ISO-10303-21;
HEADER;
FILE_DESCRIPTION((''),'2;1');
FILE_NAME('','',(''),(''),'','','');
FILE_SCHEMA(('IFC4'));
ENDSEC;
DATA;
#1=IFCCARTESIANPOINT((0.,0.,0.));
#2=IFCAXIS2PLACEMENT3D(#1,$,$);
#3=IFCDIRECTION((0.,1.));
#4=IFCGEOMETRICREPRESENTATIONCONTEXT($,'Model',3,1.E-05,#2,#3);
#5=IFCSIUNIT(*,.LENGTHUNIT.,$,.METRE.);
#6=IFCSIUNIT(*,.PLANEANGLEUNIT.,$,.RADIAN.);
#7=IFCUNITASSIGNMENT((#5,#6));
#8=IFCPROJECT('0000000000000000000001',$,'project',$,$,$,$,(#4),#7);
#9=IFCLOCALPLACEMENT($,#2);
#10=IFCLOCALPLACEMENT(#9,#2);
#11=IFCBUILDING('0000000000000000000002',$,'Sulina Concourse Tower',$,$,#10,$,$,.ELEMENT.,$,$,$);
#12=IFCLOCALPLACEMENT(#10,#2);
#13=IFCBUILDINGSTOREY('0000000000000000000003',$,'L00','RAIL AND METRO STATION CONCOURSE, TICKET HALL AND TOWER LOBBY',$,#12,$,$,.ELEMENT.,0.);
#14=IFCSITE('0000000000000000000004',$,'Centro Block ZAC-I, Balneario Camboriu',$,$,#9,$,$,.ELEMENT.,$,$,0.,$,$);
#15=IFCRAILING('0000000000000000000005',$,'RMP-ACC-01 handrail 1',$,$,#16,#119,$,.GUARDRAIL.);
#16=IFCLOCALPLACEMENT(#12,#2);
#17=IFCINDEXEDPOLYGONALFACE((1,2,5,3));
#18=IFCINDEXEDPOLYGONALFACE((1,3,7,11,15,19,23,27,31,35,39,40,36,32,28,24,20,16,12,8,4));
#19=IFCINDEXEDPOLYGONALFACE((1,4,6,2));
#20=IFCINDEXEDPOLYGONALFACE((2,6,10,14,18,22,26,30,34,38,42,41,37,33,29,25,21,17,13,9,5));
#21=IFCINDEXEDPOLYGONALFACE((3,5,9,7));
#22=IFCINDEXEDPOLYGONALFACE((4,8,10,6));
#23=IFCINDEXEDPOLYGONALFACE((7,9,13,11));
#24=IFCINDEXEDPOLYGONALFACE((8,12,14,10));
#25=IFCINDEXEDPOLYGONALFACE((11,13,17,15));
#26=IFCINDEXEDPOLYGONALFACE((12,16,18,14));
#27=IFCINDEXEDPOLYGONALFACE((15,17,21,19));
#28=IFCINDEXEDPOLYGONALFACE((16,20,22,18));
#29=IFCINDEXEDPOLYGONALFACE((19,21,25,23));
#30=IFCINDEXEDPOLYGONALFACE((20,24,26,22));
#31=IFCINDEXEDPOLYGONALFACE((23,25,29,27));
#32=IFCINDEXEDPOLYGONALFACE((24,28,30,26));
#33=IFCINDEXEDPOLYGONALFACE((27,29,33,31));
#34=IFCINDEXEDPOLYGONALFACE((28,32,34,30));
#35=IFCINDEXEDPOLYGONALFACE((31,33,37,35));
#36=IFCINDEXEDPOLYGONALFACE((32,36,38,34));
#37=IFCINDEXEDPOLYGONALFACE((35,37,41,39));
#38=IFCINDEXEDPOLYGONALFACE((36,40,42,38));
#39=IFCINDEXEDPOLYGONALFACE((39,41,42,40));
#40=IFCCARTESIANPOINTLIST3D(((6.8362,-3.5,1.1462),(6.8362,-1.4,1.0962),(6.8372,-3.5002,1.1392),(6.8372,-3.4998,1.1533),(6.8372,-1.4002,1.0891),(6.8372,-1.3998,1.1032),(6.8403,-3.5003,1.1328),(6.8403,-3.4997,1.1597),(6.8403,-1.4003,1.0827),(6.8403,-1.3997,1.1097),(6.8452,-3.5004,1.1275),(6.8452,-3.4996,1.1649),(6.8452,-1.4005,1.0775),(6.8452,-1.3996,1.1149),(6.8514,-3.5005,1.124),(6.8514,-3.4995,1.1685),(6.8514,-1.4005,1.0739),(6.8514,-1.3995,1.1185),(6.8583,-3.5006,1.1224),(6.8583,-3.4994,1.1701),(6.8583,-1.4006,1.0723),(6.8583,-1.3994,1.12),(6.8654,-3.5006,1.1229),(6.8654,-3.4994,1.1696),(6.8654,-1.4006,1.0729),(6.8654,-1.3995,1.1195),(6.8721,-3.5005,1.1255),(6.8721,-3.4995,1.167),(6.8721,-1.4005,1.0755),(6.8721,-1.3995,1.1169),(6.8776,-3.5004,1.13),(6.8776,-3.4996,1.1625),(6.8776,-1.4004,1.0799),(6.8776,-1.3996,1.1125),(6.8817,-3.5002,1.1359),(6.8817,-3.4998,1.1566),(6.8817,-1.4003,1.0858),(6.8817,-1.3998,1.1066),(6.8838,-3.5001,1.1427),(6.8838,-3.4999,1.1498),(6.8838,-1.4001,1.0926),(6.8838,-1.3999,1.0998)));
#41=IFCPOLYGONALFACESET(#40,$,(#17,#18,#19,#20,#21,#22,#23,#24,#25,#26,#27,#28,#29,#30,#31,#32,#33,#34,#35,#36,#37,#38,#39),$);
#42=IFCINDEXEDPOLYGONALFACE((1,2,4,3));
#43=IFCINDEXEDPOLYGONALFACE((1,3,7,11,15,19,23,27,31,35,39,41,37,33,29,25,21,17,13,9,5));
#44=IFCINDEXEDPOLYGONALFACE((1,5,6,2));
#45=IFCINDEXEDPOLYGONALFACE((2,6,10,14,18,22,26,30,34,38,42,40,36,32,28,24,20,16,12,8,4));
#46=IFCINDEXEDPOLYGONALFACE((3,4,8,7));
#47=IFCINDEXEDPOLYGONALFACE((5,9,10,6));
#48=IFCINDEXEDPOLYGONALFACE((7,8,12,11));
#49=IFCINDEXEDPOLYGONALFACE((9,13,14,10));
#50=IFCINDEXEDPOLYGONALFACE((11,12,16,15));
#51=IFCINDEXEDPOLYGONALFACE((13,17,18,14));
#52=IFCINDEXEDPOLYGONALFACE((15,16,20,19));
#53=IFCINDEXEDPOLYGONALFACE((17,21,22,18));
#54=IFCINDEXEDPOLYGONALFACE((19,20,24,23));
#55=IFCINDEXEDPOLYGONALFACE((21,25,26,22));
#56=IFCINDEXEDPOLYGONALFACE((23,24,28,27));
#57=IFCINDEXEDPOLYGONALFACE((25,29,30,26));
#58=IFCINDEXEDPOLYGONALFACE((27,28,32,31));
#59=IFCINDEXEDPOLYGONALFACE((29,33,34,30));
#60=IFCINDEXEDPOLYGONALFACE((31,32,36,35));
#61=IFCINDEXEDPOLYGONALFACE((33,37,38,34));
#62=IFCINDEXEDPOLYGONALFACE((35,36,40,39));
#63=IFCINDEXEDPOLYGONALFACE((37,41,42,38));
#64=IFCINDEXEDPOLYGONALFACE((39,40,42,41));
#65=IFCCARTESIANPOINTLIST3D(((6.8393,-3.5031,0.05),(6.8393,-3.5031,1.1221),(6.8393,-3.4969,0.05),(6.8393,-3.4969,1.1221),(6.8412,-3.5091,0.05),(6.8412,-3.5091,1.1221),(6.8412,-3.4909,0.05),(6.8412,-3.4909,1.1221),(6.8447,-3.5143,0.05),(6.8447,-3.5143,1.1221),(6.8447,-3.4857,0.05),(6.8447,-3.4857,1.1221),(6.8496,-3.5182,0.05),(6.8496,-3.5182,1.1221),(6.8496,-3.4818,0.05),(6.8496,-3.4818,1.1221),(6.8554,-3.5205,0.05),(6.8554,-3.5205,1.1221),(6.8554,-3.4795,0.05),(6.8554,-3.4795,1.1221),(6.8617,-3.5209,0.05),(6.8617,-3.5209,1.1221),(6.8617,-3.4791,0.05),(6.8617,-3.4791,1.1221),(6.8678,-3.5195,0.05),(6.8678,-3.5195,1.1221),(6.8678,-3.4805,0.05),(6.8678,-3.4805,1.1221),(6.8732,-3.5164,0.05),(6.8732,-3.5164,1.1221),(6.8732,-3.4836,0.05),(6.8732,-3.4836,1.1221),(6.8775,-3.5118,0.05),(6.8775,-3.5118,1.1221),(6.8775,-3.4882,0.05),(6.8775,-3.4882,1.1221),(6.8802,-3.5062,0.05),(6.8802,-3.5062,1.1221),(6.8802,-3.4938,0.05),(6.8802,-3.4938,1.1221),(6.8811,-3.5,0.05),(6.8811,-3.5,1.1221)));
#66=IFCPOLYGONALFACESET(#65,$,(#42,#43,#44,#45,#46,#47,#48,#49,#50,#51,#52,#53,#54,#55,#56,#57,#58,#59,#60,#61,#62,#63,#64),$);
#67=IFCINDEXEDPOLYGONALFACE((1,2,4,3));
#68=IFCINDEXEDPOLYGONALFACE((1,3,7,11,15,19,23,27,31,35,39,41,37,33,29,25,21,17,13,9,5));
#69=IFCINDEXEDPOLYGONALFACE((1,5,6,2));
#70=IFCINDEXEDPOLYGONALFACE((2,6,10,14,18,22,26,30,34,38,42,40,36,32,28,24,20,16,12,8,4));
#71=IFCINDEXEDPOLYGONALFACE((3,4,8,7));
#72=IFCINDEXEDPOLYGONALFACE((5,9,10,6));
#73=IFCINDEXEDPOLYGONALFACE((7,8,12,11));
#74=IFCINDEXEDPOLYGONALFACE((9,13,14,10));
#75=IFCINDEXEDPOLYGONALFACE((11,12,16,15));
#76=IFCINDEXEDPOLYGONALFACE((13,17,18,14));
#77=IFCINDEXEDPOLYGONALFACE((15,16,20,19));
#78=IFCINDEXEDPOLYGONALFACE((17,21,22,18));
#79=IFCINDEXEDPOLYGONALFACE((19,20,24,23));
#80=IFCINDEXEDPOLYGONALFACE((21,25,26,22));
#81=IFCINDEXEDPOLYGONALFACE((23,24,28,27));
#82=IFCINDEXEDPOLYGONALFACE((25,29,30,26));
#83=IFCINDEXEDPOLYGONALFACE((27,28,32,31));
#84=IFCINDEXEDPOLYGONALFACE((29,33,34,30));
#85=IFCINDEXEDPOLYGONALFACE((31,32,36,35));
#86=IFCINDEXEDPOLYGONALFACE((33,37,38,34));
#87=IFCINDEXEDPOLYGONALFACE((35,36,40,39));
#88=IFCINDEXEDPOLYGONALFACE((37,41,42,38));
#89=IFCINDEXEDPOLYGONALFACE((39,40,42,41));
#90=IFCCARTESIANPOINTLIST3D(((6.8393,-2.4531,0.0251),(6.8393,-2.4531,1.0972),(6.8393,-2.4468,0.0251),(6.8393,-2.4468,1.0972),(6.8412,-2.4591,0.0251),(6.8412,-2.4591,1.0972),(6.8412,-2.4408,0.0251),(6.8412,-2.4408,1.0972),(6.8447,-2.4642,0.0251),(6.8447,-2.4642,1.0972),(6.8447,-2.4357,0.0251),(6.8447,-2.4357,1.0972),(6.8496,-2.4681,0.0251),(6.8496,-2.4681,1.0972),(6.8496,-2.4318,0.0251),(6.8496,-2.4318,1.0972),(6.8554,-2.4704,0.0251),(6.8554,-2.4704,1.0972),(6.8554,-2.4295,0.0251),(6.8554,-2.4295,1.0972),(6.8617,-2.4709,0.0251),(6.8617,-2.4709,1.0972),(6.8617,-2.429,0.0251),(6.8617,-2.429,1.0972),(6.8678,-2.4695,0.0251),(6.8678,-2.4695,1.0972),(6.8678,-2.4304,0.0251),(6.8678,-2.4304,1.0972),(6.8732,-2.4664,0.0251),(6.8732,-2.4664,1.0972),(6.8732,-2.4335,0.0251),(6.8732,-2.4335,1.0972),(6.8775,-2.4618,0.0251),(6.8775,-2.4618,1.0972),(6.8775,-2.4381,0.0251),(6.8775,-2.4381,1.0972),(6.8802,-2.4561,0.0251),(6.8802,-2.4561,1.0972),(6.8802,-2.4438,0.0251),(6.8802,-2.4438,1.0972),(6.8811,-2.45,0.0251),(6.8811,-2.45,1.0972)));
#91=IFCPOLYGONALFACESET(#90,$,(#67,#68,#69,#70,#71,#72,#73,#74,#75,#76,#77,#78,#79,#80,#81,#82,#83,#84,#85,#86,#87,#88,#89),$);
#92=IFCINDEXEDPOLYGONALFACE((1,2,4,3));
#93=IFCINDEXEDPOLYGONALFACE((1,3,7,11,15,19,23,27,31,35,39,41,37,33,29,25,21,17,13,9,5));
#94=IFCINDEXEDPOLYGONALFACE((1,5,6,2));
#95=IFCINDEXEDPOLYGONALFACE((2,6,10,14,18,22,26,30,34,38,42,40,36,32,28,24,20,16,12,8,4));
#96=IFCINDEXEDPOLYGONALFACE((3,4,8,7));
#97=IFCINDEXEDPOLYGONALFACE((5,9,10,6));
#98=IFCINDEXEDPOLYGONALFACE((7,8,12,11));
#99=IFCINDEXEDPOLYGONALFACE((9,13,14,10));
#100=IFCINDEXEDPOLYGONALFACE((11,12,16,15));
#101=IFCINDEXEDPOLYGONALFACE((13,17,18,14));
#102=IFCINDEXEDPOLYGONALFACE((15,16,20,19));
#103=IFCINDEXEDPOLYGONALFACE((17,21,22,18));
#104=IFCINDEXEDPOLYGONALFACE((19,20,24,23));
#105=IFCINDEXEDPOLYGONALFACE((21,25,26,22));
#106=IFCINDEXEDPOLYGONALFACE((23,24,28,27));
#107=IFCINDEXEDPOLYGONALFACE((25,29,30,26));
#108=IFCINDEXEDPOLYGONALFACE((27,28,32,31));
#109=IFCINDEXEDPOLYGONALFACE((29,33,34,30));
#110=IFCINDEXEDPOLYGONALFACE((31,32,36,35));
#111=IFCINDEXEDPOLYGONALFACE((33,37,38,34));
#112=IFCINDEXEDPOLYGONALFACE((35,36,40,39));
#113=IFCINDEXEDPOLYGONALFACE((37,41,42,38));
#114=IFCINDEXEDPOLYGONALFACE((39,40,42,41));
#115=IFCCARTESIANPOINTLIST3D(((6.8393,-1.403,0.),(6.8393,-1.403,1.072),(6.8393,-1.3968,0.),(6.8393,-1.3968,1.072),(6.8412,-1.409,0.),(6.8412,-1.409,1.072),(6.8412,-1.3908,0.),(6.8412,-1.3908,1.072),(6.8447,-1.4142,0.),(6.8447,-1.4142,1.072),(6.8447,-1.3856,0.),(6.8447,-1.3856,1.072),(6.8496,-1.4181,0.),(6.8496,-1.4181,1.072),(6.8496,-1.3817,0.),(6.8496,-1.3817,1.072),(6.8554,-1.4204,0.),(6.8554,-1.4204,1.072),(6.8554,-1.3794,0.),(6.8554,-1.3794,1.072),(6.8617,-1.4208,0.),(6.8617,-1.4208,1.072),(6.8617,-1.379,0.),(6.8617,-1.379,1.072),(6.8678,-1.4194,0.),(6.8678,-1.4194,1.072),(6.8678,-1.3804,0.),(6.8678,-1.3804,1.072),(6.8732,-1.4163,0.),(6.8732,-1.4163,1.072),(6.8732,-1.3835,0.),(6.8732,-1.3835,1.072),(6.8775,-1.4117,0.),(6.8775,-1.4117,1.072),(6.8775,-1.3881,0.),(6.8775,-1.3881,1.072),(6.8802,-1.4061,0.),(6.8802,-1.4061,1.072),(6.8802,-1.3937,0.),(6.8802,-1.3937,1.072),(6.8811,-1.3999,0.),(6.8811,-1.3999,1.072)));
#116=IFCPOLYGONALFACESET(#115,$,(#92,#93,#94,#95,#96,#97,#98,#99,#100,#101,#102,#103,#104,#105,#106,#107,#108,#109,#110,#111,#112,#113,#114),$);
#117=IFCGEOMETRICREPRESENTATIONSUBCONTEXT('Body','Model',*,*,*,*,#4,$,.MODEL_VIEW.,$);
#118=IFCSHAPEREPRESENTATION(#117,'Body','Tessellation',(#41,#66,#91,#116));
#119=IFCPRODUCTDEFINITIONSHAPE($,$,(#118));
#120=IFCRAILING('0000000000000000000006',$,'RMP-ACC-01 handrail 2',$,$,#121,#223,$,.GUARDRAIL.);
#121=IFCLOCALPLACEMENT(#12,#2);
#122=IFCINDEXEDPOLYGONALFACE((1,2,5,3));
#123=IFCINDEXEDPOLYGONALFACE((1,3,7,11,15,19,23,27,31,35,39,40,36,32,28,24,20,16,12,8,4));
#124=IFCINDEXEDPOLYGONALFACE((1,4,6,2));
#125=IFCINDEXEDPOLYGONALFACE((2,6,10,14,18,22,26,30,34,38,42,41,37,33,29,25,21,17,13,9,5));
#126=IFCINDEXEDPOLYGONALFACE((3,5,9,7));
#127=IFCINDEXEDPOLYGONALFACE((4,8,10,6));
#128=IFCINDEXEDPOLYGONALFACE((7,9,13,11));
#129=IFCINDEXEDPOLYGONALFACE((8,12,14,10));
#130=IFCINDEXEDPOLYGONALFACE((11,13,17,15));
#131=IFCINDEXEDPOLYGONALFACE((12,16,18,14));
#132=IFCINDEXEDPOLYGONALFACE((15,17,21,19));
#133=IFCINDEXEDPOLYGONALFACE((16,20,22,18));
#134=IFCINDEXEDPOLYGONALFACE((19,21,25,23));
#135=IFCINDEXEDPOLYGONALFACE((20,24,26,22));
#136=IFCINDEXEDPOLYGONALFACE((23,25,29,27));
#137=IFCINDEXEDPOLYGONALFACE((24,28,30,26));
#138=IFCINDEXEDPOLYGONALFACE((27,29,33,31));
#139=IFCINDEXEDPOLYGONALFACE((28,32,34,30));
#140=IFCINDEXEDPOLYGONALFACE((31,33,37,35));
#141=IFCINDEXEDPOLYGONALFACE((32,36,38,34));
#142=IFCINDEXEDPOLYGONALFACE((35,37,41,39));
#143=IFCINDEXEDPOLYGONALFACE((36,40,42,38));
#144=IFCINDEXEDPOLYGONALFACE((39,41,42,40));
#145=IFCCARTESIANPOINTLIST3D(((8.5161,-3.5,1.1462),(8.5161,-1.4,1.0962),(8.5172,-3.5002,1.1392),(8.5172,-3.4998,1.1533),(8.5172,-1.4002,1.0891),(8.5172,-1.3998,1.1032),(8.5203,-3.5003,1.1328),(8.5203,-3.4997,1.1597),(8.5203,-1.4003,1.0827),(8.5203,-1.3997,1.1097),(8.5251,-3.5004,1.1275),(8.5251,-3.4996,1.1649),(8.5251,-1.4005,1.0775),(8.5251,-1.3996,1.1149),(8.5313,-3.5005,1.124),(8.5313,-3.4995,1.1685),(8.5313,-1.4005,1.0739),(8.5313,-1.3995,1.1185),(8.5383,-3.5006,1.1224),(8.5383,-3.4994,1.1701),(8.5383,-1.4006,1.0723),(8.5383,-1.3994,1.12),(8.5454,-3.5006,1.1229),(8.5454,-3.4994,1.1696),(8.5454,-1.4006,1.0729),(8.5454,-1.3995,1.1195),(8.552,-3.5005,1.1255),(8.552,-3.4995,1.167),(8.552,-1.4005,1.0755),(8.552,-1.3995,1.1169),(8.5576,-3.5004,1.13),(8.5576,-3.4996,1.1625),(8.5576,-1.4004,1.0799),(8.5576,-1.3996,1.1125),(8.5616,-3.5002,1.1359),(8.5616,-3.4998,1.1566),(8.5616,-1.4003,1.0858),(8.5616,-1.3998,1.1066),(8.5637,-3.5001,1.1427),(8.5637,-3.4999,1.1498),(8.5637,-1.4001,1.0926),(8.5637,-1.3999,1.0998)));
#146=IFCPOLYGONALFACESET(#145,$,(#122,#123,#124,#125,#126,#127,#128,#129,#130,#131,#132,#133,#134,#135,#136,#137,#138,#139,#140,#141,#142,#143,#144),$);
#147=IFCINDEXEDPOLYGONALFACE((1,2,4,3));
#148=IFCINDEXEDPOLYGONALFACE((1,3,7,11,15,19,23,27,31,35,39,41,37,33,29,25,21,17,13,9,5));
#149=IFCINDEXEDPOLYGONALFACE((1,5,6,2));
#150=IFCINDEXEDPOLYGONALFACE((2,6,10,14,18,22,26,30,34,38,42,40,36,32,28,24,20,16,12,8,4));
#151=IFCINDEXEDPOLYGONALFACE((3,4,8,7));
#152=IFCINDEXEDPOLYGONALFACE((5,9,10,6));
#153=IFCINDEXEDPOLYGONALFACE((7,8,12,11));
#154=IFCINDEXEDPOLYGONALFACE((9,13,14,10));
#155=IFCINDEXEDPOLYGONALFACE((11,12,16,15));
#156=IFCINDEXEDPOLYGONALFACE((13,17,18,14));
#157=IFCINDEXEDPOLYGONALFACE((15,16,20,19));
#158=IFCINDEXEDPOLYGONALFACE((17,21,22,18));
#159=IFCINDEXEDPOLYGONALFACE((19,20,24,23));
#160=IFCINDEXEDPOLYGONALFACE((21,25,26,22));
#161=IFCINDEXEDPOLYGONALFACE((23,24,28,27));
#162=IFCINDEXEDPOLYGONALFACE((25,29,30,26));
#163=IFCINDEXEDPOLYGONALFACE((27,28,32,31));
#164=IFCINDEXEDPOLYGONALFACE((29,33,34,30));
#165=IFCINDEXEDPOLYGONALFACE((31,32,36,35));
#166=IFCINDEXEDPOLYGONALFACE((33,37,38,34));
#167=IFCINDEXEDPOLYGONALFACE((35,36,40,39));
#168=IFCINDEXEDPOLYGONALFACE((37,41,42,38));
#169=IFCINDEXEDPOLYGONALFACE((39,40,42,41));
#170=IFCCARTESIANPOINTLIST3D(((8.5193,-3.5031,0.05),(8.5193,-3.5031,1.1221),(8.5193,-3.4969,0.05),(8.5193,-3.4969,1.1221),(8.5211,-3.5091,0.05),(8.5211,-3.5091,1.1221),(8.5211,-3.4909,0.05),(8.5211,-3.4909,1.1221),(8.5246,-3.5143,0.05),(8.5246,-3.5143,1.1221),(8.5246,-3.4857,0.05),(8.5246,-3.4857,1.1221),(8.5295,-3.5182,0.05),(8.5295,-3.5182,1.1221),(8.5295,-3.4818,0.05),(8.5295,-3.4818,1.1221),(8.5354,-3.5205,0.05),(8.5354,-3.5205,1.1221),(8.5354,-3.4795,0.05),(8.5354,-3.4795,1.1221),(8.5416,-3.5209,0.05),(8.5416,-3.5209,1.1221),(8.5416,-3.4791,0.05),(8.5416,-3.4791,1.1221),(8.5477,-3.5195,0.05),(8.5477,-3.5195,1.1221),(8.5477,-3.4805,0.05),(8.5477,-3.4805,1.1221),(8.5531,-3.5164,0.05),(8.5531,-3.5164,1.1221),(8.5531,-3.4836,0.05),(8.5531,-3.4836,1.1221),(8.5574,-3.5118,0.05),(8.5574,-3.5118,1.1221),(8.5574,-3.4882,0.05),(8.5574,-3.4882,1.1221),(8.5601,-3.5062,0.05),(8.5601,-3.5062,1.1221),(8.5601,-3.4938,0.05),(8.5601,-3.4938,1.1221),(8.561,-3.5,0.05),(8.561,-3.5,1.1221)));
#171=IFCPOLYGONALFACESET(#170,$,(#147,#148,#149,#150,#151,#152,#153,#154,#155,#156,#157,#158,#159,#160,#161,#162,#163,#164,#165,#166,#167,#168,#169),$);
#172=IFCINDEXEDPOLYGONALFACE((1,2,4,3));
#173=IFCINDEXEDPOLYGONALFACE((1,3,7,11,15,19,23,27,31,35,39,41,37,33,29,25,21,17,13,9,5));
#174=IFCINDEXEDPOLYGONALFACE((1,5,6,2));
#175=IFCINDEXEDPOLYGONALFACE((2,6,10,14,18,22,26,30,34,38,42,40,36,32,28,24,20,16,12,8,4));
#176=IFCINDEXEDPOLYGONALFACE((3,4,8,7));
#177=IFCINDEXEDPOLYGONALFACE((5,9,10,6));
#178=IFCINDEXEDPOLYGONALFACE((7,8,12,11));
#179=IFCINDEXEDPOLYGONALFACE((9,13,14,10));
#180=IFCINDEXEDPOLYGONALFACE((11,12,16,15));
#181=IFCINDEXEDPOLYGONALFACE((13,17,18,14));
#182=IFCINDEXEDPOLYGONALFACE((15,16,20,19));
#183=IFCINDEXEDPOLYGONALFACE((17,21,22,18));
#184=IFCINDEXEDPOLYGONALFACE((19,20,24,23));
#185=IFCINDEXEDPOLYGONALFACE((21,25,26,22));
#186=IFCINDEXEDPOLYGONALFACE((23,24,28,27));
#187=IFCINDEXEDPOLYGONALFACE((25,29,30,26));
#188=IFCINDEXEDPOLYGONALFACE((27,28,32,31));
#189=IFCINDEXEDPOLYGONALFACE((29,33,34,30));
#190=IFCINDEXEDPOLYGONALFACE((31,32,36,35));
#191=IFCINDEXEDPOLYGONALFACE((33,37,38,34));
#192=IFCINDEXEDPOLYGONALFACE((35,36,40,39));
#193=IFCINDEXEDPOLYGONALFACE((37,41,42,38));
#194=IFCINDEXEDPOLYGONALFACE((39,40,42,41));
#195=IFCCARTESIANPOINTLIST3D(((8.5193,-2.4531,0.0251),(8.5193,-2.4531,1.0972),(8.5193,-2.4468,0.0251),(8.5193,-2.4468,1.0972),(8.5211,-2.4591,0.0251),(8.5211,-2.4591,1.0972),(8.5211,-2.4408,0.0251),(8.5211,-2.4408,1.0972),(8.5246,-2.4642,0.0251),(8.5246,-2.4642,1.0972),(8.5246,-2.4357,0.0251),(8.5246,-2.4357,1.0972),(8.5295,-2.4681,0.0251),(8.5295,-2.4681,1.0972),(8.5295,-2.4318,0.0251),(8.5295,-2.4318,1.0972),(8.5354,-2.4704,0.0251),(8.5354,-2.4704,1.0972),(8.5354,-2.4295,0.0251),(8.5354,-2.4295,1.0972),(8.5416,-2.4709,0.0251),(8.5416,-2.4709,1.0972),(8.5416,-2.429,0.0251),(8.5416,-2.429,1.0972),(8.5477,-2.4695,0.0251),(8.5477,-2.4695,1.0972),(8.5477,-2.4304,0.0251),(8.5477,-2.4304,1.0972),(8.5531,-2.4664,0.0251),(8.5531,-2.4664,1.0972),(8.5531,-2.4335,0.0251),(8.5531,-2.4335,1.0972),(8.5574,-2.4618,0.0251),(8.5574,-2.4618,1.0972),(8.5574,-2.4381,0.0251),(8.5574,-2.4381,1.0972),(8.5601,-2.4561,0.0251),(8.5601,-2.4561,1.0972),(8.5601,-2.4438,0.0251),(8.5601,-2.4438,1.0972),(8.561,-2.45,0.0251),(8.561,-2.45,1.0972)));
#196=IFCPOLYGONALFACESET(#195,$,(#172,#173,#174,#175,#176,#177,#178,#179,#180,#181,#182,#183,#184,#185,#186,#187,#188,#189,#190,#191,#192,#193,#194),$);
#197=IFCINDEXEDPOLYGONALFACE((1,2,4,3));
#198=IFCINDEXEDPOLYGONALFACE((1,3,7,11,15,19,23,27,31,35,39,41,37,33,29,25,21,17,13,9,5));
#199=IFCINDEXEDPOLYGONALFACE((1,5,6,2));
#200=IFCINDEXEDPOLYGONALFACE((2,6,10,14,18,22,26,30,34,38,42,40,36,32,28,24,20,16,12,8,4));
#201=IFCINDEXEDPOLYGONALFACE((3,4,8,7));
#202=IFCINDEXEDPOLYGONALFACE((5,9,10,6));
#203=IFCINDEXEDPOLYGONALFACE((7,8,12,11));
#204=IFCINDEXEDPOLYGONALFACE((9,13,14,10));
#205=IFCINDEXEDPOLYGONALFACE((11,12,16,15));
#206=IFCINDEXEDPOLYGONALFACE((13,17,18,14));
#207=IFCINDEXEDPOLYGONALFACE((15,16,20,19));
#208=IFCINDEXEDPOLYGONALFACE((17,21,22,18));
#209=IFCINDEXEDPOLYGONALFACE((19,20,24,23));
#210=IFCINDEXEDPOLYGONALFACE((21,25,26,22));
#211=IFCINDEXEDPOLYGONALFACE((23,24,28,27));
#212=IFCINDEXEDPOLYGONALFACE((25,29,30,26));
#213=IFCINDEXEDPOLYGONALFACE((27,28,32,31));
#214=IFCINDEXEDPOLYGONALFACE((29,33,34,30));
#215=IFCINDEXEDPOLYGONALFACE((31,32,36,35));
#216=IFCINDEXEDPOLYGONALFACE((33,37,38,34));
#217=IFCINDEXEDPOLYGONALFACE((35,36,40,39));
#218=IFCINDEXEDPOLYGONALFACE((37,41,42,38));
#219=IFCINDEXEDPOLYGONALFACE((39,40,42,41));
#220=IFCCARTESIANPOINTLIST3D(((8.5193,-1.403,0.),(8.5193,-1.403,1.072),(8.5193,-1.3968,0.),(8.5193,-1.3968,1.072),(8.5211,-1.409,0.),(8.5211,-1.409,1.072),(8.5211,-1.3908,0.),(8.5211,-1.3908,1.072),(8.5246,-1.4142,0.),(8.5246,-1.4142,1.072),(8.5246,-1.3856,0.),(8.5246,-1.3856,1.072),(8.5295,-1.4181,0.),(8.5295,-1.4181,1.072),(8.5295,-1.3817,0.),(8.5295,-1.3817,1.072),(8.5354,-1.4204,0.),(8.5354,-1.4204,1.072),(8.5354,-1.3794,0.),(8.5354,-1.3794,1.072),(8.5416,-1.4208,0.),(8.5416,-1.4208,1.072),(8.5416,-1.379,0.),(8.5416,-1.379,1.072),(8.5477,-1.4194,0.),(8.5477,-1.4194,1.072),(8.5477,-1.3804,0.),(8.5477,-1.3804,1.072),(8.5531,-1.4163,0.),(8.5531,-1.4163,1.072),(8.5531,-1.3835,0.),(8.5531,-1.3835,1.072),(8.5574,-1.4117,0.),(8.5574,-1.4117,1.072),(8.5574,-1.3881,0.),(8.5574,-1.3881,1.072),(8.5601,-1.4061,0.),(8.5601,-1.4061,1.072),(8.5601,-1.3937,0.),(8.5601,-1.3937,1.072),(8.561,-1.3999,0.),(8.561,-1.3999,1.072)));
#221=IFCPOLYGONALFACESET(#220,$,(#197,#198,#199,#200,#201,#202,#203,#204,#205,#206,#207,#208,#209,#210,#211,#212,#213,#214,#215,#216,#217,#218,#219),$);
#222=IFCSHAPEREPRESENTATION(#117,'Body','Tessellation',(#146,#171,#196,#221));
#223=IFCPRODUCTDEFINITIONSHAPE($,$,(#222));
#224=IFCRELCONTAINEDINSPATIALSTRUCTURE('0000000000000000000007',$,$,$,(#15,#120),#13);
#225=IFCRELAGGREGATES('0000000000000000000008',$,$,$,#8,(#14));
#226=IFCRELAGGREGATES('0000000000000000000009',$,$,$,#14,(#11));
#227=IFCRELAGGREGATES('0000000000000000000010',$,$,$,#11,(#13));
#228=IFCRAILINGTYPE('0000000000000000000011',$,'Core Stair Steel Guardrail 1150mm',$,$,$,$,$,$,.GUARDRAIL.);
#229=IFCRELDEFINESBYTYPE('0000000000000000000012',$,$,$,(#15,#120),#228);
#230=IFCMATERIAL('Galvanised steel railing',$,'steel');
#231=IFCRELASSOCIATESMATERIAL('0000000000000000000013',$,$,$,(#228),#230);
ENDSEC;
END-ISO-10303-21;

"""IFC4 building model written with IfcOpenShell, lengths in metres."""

from ifc_helpers import new_model, si_unit, direction, frame, origin, origin_2d, place, context, subcontext, project, spatial, circle, extrude, material, type_object, element, save


model = new_model("IFC4")

# Units and contexts
model_context = context("Model", 3, precision=1e-05, world=origin(), true_north=direction((0.0, 1.0)))
body_context = subcontext(model_context, "Body", "Model", "MODEL_VIEW")
ifc_project = project(units=[si_unit("LENGTHUNIT", "METRE"), si_unit("PLANEANGLEUNIT", "RADIAN")], contexts=[model_context])

# Site, building, storey
site_placement = place(None, origin())
site = spatial("IfcSite", under=ifc_project, at=site_placement, Name="Centro Block ZAC-I, Balneario Camboriu", CompositionType="ELEMENT", RefElevation=0.0)
building_placement = place(site_placement, origin())
building = spatial("IfcBuilding", under=site, at=building_placement, Name="Sulina Concourse Tower", CompositionType="ELEMENT")
storey_placement = place(building_placement, origin())
storey = spatial("IfcBuildingStorey", under=building, at=storey_placement, Name="L00", Description="RAIL AND METRO STATION CONCOURSE, TICKET HALL AND TOWER LOBBY", CompositionType="ELEMENT", Elevation=0.0)

# Railings
ifc_material_1 = material(Name="Galvanised steel railing", Category="steel")
railing_type = type_object("IfcRailingType", Name="Core Stair Steel Guardrail 1150mm", PredefinedType="GUARDRAIL", material=ifc_material_1)
for number, where, name in (
    (1, (6.8601, -3.5, 0.05), "RMP-ACC-01 handrail 1"),
    (2, (8.54, -3.5, 0.05), "RMP-ACC-01 handrail 2"),
):
    element("IfcRailing", number, at=place(storey_placement, frame(where)), inside=storey, type_object=railing_type, Name=name, PredefinedType="GUARDRAIL", context=body_context, shape_type="SweptSolid", body=[
        extrude(circle(Radius=0.0239, at=origin_2d()), frame((0.0, 0.0, 1.0962), z_axis=(0.0, 0.999716, -0.023825), x_axis=(-1.0, 0.0, 0.0)), (0.0, 0.0, 1.0), 2.1006),
        extrude(circle(Radius=0.021, at=origin_2d()), origin(), (0.0, 0.0, 1.0), 1.072),
        extrude(circle(Radius=0.021, at=origin_2d()), frame((0.0, 1.05, -0.0249)), (0.0, 0.0, 1.0), 1.072),
        extrude(circle(Radius=0.021, at=origin_2d()), frame((0.0, 2.1001, -0.05)), (0.0, 0.0, 1.0), 1.072),
    ])

save(model, "model.ifc")
